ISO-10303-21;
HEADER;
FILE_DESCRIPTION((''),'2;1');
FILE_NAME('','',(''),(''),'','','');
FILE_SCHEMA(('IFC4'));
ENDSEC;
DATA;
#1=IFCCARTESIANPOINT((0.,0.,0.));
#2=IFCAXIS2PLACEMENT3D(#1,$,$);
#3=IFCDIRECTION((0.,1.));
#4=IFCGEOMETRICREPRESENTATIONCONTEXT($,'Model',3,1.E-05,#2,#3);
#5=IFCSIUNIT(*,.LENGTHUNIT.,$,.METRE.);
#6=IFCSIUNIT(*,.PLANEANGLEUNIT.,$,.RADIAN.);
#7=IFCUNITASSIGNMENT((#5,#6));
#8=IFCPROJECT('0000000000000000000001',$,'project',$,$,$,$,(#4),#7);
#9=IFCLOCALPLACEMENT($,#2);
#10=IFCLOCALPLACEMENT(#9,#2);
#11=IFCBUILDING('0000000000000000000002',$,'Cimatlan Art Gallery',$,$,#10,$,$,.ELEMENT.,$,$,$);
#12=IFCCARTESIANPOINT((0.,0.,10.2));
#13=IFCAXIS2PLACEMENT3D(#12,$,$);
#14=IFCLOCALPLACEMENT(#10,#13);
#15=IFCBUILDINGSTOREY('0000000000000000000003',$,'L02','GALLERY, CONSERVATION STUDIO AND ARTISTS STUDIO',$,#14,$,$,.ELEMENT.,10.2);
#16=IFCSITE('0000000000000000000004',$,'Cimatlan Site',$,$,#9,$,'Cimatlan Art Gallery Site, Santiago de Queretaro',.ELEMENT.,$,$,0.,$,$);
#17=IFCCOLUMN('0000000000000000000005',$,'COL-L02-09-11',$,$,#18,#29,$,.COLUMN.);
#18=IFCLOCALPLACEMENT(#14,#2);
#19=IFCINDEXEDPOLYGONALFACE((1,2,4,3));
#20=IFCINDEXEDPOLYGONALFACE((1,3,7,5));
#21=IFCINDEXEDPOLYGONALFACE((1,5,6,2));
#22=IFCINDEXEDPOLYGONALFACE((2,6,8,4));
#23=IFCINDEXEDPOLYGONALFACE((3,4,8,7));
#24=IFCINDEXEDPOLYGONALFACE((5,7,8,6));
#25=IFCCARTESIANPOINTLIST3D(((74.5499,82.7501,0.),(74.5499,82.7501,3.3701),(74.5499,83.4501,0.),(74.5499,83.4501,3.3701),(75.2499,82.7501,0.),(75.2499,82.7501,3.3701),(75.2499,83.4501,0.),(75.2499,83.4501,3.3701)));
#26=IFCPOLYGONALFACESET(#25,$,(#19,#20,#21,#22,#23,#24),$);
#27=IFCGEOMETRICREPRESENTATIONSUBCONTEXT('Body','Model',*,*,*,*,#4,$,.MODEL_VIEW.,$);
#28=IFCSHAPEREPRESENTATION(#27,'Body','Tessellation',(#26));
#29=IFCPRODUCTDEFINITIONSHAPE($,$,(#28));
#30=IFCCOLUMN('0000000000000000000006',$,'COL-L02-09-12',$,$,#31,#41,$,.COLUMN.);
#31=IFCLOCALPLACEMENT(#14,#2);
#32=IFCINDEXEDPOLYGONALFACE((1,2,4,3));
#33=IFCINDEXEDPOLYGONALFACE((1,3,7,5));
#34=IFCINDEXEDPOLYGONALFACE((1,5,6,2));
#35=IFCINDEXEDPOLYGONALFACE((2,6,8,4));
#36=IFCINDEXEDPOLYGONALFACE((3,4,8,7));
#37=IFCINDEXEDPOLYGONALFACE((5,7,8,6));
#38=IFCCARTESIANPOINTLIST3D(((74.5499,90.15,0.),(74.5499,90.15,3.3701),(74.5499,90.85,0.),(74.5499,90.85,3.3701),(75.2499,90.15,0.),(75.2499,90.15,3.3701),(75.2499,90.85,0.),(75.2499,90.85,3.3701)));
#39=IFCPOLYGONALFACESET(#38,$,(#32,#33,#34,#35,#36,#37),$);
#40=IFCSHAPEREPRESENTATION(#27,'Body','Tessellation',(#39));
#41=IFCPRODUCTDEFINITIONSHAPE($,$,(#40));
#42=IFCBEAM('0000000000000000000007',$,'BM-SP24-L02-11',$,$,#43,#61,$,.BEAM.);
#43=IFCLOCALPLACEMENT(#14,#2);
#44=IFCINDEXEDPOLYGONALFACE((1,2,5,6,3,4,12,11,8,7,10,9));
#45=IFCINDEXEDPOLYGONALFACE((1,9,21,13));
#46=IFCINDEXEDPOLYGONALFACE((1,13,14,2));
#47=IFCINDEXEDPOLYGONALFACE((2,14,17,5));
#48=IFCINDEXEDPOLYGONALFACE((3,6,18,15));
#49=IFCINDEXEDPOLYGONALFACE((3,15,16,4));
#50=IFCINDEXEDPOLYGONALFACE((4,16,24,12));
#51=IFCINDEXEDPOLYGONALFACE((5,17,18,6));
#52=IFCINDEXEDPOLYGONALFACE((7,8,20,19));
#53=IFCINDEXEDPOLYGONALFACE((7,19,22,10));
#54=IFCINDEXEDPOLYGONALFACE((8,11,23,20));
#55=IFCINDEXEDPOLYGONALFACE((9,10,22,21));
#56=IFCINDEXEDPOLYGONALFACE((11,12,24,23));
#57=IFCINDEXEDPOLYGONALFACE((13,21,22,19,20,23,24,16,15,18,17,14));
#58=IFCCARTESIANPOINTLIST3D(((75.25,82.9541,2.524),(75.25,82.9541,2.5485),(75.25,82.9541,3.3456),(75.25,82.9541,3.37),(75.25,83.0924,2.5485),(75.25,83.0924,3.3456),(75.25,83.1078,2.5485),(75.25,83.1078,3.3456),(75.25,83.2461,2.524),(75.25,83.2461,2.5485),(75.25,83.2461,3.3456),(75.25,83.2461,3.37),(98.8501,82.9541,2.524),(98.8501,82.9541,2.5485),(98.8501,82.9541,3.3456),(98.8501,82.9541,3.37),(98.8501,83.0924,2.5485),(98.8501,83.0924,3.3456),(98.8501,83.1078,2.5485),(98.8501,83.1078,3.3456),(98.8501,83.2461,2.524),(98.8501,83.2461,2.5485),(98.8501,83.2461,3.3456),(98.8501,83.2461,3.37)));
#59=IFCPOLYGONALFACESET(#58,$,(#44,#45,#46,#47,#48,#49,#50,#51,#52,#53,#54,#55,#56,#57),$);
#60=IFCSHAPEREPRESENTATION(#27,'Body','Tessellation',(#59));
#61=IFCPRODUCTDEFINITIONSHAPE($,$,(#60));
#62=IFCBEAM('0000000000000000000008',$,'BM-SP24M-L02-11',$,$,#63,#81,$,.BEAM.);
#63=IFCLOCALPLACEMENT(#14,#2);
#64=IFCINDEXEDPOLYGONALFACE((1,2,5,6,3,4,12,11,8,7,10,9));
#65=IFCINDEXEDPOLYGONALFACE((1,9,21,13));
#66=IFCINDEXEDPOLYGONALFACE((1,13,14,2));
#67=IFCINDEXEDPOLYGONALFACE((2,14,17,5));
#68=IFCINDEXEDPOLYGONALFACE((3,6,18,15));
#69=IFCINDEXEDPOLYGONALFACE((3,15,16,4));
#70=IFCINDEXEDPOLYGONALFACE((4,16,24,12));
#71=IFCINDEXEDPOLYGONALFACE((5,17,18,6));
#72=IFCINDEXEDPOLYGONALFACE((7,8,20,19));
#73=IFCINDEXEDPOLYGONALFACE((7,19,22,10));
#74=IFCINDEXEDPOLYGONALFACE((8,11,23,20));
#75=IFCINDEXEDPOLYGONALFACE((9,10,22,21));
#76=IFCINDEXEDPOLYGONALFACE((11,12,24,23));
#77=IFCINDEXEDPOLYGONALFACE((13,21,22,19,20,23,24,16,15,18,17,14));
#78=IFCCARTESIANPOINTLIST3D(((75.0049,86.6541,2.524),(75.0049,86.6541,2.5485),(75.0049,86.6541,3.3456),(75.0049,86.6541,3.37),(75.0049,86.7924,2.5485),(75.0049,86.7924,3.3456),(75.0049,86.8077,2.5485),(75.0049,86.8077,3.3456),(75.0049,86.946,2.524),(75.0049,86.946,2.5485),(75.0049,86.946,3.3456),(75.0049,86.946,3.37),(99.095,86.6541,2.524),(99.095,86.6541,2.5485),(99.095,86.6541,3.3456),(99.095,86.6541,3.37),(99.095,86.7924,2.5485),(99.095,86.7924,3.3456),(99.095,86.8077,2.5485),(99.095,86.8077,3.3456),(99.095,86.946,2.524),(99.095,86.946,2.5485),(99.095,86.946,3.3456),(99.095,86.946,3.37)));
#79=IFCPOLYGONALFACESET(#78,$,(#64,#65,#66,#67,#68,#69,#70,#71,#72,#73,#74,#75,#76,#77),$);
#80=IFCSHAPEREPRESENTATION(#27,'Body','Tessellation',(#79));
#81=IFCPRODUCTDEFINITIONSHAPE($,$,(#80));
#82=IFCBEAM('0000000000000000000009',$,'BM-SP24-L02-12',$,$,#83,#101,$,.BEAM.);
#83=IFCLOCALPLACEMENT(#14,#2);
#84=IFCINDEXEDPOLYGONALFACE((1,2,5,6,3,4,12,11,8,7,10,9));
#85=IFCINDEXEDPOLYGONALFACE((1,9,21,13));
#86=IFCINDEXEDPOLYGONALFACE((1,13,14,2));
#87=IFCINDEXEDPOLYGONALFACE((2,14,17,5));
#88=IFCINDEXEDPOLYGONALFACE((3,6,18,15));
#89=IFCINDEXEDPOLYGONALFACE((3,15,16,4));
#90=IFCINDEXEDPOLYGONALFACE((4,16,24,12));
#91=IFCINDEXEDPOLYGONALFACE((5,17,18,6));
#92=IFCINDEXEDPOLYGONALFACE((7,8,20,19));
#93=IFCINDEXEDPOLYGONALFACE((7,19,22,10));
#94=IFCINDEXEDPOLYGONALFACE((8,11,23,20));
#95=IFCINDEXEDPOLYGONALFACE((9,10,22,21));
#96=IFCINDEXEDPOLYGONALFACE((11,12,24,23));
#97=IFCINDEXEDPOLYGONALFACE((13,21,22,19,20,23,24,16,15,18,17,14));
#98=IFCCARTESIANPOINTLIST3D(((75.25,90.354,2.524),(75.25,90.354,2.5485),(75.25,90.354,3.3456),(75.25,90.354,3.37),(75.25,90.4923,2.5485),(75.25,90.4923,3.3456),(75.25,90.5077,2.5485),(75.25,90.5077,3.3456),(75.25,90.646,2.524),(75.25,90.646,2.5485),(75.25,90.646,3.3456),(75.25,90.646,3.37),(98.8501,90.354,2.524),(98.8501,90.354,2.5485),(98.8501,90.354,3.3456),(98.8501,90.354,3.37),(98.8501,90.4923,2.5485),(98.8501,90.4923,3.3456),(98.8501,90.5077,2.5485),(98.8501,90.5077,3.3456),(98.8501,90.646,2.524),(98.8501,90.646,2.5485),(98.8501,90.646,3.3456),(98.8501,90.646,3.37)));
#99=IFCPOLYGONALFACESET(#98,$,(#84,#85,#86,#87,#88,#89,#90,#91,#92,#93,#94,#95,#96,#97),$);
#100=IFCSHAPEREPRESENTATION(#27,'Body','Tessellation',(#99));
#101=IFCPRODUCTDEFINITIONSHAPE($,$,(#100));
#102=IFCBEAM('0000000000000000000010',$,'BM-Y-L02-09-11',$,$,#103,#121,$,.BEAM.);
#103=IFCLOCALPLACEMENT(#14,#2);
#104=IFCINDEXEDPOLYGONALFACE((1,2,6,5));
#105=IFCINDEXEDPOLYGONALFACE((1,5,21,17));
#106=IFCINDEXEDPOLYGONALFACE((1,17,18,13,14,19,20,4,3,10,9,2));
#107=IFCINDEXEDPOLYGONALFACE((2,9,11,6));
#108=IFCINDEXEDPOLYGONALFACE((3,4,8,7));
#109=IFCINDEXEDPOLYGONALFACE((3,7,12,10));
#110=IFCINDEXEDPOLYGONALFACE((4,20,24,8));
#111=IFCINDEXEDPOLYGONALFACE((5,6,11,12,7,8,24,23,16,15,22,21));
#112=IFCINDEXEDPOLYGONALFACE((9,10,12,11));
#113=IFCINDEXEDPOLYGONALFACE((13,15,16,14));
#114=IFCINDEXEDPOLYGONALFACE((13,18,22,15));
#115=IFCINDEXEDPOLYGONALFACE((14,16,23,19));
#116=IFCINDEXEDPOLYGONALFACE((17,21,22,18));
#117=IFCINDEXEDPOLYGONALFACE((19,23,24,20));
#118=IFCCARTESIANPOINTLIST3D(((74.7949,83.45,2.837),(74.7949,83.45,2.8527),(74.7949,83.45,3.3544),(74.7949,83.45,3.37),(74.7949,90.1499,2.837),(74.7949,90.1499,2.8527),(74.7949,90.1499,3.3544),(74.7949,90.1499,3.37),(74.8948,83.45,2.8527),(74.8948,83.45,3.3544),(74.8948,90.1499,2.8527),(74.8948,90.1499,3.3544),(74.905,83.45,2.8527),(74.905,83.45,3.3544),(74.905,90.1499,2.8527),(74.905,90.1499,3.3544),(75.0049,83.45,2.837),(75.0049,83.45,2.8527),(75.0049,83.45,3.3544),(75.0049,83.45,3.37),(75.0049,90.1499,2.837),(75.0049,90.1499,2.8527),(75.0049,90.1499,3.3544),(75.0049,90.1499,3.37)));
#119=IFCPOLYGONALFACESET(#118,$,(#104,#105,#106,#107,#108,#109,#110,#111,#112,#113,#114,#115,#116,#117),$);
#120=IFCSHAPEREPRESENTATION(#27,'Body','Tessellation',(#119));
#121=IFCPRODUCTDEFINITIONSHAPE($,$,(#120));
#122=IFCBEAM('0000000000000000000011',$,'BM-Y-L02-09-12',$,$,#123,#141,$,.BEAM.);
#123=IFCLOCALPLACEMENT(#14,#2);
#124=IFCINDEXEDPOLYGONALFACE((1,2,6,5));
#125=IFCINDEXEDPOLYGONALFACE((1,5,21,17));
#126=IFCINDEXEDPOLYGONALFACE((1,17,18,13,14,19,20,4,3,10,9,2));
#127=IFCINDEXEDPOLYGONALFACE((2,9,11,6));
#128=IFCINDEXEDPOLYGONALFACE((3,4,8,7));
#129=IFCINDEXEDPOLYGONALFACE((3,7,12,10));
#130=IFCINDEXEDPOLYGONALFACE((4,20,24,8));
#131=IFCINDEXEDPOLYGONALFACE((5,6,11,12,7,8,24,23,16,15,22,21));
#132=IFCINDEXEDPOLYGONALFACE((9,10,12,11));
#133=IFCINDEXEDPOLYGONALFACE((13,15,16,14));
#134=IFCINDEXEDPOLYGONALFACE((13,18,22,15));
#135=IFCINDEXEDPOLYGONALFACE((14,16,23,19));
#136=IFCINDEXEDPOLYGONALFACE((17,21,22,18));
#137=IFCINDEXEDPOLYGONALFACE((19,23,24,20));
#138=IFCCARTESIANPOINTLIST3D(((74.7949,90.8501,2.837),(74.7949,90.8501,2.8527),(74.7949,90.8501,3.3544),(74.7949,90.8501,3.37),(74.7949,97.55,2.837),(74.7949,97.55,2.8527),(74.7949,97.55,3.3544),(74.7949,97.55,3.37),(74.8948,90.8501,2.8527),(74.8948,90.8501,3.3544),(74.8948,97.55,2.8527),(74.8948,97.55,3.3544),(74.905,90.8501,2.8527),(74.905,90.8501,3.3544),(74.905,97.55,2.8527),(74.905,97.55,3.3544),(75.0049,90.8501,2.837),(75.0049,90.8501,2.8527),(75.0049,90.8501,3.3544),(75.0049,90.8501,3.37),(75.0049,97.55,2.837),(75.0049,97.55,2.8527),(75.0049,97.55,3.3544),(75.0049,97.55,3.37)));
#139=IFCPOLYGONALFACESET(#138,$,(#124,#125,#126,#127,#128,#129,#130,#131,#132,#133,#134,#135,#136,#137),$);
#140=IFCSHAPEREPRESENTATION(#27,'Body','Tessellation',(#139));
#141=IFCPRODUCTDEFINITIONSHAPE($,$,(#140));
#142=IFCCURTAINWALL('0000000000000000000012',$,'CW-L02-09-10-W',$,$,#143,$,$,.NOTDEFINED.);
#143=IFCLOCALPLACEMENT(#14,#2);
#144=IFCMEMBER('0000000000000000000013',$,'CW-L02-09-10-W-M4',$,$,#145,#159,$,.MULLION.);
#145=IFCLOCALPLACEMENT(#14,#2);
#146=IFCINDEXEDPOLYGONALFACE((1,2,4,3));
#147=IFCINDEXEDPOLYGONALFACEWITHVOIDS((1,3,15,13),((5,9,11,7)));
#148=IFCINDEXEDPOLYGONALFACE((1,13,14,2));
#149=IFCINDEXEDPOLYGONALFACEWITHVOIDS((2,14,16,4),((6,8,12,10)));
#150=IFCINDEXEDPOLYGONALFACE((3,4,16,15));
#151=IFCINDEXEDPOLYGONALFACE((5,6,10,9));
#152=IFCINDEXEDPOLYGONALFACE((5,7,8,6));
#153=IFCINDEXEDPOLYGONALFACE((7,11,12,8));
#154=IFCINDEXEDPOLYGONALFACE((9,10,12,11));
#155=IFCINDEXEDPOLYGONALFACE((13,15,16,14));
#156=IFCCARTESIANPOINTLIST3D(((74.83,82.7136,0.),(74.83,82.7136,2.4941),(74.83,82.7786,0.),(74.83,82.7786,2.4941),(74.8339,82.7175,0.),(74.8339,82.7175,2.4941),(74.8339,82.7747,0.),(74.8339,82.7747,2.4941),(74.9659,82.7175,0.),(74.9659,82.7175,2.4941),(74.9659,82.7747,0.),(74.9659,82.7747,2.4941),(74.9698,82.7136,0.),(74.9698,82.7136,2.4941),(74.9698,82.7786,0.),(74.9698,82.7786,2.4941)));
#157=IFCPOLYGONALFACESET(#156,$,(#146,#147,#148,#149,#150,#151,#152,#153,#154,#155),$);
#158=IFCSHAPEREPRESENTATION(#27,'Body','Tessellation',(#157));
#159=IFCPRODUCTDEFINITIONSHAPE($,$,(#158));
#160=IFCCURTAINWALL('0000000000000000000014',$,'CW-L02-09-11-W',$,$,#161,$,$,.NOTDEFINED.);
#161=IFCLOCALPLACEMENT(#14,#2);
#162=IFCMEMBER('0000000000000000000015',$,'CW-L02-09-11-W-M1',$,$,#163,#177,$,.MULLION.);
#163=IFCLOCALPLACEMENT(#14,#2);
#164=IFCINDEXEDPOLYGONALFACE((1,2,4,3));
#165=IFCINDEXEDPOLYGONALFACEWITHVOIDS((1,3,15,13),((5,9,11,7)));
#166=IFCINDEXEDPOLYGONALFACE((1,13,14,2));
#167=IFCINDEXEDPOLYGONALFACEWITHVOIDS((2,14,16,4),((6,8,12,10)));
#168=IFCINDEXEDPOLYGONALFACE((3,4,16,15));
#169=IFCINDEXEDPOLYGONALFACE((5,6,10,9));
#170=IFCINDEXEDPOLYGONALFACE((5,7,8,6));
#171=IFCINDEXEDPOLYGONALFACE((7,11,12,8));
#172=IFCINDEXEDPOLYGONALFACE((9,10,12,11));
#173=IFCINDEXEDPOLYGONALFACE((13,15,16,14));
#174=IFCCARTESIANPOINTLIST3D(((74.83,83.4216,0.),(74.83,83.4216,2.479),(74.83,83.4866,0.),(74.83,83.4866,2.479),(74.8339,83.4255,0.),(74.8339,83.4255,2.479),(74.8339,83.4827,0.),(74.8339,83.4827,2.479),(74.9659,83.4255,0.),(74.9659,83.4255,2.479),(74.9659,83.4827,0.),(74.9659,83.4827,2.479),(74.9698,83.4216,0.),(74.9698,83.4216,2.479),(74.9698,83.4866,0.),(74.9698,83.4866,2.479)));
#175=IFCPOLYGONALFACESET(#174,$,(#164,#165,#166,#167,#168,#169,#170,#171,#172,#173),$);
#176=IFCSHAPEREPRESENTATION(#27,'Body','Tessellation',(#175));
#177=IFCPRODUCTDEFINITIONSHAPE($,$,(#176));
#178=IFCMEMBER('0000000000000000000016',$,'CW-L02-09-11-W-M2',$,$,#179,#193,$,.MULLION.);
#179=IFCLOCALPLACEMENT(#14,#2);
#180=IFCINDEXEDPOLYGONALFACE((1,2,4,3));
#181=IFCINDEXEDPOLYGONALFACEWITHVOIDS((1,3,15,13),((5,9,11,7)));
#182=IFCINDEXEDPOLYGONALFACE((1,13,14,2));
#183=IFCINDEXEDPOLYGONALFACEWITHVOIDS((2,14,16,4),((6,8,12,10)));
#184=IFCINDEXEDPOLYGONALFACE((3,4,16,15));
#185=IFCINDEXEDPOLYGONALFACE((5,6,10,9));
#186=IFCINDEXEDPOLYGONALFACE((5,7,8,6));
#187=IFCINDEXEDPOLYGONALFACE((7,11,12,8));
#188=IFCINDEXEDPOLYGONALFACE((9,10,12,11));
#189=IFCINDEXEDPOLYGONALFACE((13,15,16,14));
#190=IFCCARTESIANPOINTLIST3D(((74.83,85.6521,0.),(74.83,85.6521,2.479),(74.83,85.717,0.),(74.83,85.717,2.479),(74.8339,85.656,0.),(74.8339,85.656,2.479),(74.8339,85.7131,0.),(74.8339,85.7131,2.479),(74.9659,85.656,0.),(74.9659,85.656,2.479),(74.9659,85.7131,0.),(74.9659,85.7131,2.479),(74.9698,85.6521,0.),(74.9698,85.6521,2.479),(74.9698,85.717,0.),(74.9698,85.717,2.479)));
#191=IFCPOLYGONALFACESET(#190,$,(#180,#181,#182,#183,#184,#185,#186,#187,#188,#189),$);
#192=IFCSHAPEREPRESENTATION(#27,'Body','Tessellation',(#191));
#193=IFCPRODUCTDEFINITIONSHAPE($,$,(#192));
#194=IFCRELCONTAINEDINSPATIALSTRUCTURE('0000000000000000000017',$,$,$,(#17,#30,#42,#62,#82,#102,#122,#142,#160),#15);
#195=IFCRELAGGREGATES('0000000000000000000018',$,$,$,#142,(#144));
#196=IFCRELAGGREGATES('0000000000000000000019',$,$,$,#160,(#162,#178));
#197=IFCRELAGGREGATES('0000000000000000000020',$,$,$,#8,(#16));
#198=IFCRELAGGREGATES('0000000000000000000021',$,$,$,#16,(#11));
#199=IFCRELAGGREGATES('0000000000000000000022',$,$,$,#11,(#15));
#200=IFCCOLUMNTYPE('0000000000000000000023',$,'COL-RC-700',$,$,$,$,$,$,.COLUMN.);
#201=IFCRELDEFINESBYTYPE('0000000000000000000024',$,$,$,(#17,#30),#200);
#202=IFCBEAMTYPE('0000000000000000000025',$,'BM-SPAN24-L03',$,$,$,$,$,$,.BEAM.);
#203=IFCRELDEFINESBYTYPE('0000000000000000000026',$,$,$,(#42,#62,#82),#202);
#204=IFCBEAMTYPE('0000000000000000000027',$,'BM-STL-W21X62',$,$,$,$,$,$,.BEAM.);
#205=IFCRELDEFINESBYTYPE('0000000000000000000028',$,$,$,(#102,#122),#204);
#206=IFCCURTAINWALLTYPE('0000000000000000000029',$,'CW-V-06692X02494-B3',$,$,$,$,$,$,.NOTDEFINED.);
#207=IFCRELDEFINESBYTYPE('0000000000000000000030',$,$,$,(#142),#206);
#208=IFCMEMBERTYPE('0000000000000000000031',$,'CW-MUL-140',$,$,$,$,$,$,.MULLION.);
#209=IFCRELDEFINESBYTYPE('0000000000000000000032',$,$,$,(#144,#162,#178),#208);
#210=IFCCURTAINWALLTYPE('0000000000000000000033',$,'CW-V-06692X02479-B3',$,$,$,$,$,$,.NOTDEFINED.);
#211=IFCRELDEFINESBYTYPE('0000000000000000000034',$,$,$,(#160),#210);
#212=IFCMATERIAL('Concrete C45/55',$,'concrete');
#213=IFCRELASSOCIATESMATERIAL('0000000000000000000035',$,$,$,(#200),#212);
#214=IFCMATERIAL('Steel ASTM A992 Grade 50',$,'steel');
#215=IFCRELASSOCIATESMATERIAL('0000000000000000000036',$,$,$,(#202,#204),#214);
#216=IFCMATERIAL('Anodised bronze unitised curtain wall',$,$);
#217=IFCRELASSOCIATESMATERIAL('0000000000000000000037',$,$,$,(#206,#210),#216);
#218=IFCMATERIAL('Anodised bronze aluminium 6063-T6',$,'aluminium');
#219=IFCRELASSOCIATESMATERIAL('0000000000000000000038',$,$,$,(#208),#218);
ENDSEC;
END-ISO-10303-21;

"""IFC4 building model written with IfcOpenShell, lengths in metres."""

from ifc_helpers import new_model, si_unit, direction, frame, origin, origin_2d, place, context, subcontext, project, spatial, rectangle, hollow_rectangle, i_section, extrude, material, material_profile, profile_set, type_object, element, aggregate, save


model = new_model("IFC4")

# Units and contexts
model_context = context("Model", 3, precision=1e-05, world=origin(), true_north=direction((0.0, 1.0)))
body_context = subcontext(model_context, "Body", "Model", "MODEL_VIEW")
ifc_project = project(units=[si_unit("LENGTHUNIT", "METRE"), si_unit("PLANEANGLEUNIT", "RADIAN")], contexts=[model_context])

# Site, building, storey
site_placement = place(None, origin())
site = spatial("IfcSite", under=ifc_project, at=site_placement, Name="Cimatlan Site", LongName="Cimatlan Art Gallery Site, Santiago de Queretaro", CompositionType="ELEMENT", RefElevation=0.0)
building_placement = place(site_placement, origin())
building = spatial("IfcBuilding", under=site, at=building_placement, Name="Cimatlan Art Gallery", CompositionType="ELEMENT")
storey_placement = place(building_placement, frame((0.0, 0.0, 10.2)))
storey = spatial("IfcBuildingStorey", under=building, at=storey_placement, Name="L02", Description="GALLERY, CONSERVATION STUDIO AND ARTISTS STUDIO", CompositionType="ELEMENT", Elevation=10.2)

# Columns
ifc_material_1 = material(Name="Concrete C45/55", Category="concrete")
ifc_material_profile_1 = material_profile(ifc_material_1, rectangle(XDim=0.7, YDim=0.7, at=origin_2d()), Name="RC700X700")
ifc_profile_set_1 = profile_set([ifc_material_profile_1], Name="Concrete C45/55")
column_type = type_object("IfcColumnType", Name="COL-RC-700", PredefinedType="COLUMN", material=ifc_profile_set_1)
for number, where, z_axis, x_axis, name in (
    (1, (74.8999, 83.1001, 0.0), (0.0, 0.0, 1.0), (1.0, 0.0, 0.0), "COL-L02-09-11"),
    (2, (74.8999, 90.5, 0.0), (0.0, 0.0, 1.0), (1.0, 0.0, 0.0), "COL-L02-09-12"),
):
    element("IfcColumn", number, at=place(storey_placement, frame(where, z_axis=z_axis, x_axis=x_axis)), inside=storey, type_object=column_type, Name=name, PredefinedType="COLUMN", context=body_context, shape_type="SweptSolid", body=[
        extrude(rectangle(XDim=0.7, YDim=0.7, at=origin_2d()), origin(), (0.0, 0.0, 1.0), 3.3701),
    ])

# Beams
ifc_material_2 = material(Name="Steel ASTM A992 Grade 50", Category="steel")
ifc_material_profile_2 = material_profile(ifc_material_2, i_section(OverallWidth=0.292, OverallDepth=0.8459, WebThickness=0.0154, FlangeThickness=0.0244, at=origin_2d()), Name="W33X141")
ifc_profile_set_2 = profile_set([ifc_material_profile_2], Name="Steel ASTM A992 Grade 50")
beam_type_1 = type_object("IfcBeamType", Name="BM-SPAN24-L03", PredefinedType="BEAM", material=ifc_profile_set_2)
beam_1_placement = place(storey_placement, frame((75.25, 83.1001, 2.947), z_axis=(1.0, 0.0, 0.0), x_axis=(0.0, 1.0, 0.0)))
element("IfcBeam", 3, at=beam_1_placement, inside=storey, type_object=beam_type_1, Name="BM-SP24-L02-11", PredefinedType="BEAM", context=body_context, shape_type="SweptSolid", body=[
    extrude(i_section(OverallWidth=0.292, OverallDepth=0.8459, WebThickness=0.0154, FlangeThickness=0.0244, at=origin_2d()), origin(), (0.0, 0.0, 1.0), 23.6001),
])
beam_2_placement = place(storey_placement, frame((75.0049, 86.8, 2.947), z_axis=(1.0, 0.0, 0.0), x_axis=(0.0, 1.0, 0.0)))
element("IfcBeam", 4, at=beam_2_placement, inside=storey, type_object=beam_type_1, Name="BM-SP24M-L02-11", PredefinedType="BEAM", context=body_context, shape_type="SweptSolid", body=[
    extrude(i_section(OverallWidth=0.292, OverallDepth=0.8459, WebThickness=0.0154, FlangeThickness=0.0244, at=origin_2d()), origin(), (0.0, 0.0, 1.0), 24.0901),
])
beam_3_placement = place(storey_placement, frame((75.25, 90.5, 2.947), z_axis=(1.0, 0.0, 0.0), x_axis=(0.0, 1.0, 0.0)))
element("IfcBeam", 5, at=beam_3_placement, inside=storey, type_object=beam_type_1, Name="BM-SP24-L02-12", PredefinedType="BEAM", context=body_context, shape_type="SweptSolid", body=[
    extrude(i_section(OverallWidth=0.292, OverallDepth=0.8459, WebThickness=0.0154, FlangeThickness=0.0244, at=origin_2d()), origin(), (0.0, 0.0, 1.0), 23.6001),
])
ifc_material_profile_3 = material_profile(ifc_material_2, i_section(OverallWidth=0.21, OverallDepth=0.533, WebThickness=0.0103, FlangeThickness=0.0156, at=origin_2d()), Name="W21X62")
ifc_profile_set_3 = profile_set([ifc_material_profile_3], Name="Steel ASTM A992 Grade 50")
beam_type_2 = type_object("IfcBeamType", Name="BM-STL-W21X62", PredefinedType="BEAM", material=ifc_profile_set_3)
for number, where, z_axis, x_axis, name in (
    (6, (74.8999, 83.45, 3.1035), (0.0, 1.0, 0.0), (-1.0, 0.0, 0.0), "BM-Y-L02-09-11"),
    (7, (74.8999, 90.8501, 3.1035), (0.0, 1.0, 0.0), (-1.0, 0.0, 0.0), "BM-Y-L02-09-12"),
):
    element("IfcBeam", number, at=place(storey_placement, frame(where, z_axis=z_axis, x_axis=x_axis)), inside=storey, type_object=beam_type_2, Name=name, PredefinedType="BEAM", context=body_context, shape_type="SweptSolid", body=[
        extrude(i_section(OverallWidth=0.21, OverallDepth=0.533, WebThickness=0.0103, FlangeThickness=0.0156, at=origin_2d()), origin(), (0.0, 0.0, 1.0), 6.7),
    ])

# Curtain wall, member
ifc_material_3 = material(Name="Anodised bronze unitised curtain wall")
curtain_wall_type_1 = type_object("IfcCurtainWallType", Name="CW-V-06692X02494-B3", PredefinedType="NOTDEFINED", material=ifc_material_3)
curtain_wall_1_placement = place(storey_placement, origin())
curtain_wall_1 = element("IfcCurtainWall", 8, at=curtain_wall_1_placement, inside=storey, type_object=curtain_wall_type_1, Name="CW-L02-09-10-W", PredefinedType="NOTDEFINED")
ifc_material_4 = material(Name="Anodised bronze aluminium 6063-T6", Category="aluminium")
ifc_material_profile_4 = material_profile(ifc_material_4, hollow_rectangle(XDim=0.0649, YDim=0.1399, WallThickness=0.0039, at=origin_2d()), Name="ALU65X140X4")
ifc_profile_set_4 = profile_set([ifc_material_profile_4], Name="Anodised bronze aluminium 6063-T6")
member_type_1 = type_object("IfcMemberType", Name="CW-MUL-140", PredefinedType="MULLION", material=ifc_profile_set_4)
member_1_placement = place(storey_placement, frame((74.8999, 82.7461, 0.0), z_axis=(0.0, 0.0, 1.0), x_axis=(0.0, 1.0, 0.0)))
member_1 = element("IfcMember", 9, at=member_1_placement, type_object=member_type_1, Name="CW-L02-09-10-W-M4", PredefinedType="MULLION", context=body_context, shape_type="SweptSolid", body=[
    extrude(hollow_rectangle(XDim=0.0649, YDim=0.1399, WallThickness=0.0039, at=origin_2d()), origin(), (0.0, 0.0, 1.0), 2.4941),
])

# Curtain wall, members
curtain_wall_type_2 = type_object("IfcCurtainWallType", Name="CW-V-06692X02479-B3", PredefinedType="NOTDEFINED", material=ifc_material_3)
curtain_wall_2_placement = place(storey_placement, origin())
curtain_wall_2 = element("IfcCurtainWall", 10, at=curtain_wall_2_placement, inside=storey, type_object=curtain_wall_type_2, Name="CW-L02-09-11-W", PredefinedType="NOTDEFINED")
member_2_placement = place(storey_placement, frame((74.8999, 83.4541, 0.0), z_axis=(0.0, 0.0, 1.0), x_axis=(0.0, 1.0, 0.0)))
member_2 = element("IfcMember", 11, at=member_2_placement, type_object=member_type_1, Name="CW-L02-09-11-W-M1", PredefinedType="MULLION", context=body_context, shape_type="SweptSolid", body=[
    extrude(hollow_rectangle(XDim=0.0649, YDim=0.1399, WallThickness=0.0039, at=origin_2d()), origin(), (0.0, 0.0, 1.0), 2.479),
])
member_3_placement = place(storey_placement, frame((74.8999, 85.6846, 0.0), z_axis=(0.0, 0.0, 1.0), x_axis=(0.0, 1.0, 0.0)))
member_3 = element("IfcMember", 12, at=member_3_placement, type_object=member_type_1, Name="CW-L02-09-11-W-M2", PredefinedType="MULLION", context=body_context, shape_type="SweptSolid", body=[
    extrude(hollow_rectangle(XDim=0.0649, YDim=0.1399, WallThickness=0.0039, at=origin_2d()), origin(), (0.0, 0.0, 1.0), 2.479),
])

aggregate(curtain_wall_1, [member_1])
aggregate(curtain_wall_2, [member_2, member_3])

save(model, "model.ifc")
